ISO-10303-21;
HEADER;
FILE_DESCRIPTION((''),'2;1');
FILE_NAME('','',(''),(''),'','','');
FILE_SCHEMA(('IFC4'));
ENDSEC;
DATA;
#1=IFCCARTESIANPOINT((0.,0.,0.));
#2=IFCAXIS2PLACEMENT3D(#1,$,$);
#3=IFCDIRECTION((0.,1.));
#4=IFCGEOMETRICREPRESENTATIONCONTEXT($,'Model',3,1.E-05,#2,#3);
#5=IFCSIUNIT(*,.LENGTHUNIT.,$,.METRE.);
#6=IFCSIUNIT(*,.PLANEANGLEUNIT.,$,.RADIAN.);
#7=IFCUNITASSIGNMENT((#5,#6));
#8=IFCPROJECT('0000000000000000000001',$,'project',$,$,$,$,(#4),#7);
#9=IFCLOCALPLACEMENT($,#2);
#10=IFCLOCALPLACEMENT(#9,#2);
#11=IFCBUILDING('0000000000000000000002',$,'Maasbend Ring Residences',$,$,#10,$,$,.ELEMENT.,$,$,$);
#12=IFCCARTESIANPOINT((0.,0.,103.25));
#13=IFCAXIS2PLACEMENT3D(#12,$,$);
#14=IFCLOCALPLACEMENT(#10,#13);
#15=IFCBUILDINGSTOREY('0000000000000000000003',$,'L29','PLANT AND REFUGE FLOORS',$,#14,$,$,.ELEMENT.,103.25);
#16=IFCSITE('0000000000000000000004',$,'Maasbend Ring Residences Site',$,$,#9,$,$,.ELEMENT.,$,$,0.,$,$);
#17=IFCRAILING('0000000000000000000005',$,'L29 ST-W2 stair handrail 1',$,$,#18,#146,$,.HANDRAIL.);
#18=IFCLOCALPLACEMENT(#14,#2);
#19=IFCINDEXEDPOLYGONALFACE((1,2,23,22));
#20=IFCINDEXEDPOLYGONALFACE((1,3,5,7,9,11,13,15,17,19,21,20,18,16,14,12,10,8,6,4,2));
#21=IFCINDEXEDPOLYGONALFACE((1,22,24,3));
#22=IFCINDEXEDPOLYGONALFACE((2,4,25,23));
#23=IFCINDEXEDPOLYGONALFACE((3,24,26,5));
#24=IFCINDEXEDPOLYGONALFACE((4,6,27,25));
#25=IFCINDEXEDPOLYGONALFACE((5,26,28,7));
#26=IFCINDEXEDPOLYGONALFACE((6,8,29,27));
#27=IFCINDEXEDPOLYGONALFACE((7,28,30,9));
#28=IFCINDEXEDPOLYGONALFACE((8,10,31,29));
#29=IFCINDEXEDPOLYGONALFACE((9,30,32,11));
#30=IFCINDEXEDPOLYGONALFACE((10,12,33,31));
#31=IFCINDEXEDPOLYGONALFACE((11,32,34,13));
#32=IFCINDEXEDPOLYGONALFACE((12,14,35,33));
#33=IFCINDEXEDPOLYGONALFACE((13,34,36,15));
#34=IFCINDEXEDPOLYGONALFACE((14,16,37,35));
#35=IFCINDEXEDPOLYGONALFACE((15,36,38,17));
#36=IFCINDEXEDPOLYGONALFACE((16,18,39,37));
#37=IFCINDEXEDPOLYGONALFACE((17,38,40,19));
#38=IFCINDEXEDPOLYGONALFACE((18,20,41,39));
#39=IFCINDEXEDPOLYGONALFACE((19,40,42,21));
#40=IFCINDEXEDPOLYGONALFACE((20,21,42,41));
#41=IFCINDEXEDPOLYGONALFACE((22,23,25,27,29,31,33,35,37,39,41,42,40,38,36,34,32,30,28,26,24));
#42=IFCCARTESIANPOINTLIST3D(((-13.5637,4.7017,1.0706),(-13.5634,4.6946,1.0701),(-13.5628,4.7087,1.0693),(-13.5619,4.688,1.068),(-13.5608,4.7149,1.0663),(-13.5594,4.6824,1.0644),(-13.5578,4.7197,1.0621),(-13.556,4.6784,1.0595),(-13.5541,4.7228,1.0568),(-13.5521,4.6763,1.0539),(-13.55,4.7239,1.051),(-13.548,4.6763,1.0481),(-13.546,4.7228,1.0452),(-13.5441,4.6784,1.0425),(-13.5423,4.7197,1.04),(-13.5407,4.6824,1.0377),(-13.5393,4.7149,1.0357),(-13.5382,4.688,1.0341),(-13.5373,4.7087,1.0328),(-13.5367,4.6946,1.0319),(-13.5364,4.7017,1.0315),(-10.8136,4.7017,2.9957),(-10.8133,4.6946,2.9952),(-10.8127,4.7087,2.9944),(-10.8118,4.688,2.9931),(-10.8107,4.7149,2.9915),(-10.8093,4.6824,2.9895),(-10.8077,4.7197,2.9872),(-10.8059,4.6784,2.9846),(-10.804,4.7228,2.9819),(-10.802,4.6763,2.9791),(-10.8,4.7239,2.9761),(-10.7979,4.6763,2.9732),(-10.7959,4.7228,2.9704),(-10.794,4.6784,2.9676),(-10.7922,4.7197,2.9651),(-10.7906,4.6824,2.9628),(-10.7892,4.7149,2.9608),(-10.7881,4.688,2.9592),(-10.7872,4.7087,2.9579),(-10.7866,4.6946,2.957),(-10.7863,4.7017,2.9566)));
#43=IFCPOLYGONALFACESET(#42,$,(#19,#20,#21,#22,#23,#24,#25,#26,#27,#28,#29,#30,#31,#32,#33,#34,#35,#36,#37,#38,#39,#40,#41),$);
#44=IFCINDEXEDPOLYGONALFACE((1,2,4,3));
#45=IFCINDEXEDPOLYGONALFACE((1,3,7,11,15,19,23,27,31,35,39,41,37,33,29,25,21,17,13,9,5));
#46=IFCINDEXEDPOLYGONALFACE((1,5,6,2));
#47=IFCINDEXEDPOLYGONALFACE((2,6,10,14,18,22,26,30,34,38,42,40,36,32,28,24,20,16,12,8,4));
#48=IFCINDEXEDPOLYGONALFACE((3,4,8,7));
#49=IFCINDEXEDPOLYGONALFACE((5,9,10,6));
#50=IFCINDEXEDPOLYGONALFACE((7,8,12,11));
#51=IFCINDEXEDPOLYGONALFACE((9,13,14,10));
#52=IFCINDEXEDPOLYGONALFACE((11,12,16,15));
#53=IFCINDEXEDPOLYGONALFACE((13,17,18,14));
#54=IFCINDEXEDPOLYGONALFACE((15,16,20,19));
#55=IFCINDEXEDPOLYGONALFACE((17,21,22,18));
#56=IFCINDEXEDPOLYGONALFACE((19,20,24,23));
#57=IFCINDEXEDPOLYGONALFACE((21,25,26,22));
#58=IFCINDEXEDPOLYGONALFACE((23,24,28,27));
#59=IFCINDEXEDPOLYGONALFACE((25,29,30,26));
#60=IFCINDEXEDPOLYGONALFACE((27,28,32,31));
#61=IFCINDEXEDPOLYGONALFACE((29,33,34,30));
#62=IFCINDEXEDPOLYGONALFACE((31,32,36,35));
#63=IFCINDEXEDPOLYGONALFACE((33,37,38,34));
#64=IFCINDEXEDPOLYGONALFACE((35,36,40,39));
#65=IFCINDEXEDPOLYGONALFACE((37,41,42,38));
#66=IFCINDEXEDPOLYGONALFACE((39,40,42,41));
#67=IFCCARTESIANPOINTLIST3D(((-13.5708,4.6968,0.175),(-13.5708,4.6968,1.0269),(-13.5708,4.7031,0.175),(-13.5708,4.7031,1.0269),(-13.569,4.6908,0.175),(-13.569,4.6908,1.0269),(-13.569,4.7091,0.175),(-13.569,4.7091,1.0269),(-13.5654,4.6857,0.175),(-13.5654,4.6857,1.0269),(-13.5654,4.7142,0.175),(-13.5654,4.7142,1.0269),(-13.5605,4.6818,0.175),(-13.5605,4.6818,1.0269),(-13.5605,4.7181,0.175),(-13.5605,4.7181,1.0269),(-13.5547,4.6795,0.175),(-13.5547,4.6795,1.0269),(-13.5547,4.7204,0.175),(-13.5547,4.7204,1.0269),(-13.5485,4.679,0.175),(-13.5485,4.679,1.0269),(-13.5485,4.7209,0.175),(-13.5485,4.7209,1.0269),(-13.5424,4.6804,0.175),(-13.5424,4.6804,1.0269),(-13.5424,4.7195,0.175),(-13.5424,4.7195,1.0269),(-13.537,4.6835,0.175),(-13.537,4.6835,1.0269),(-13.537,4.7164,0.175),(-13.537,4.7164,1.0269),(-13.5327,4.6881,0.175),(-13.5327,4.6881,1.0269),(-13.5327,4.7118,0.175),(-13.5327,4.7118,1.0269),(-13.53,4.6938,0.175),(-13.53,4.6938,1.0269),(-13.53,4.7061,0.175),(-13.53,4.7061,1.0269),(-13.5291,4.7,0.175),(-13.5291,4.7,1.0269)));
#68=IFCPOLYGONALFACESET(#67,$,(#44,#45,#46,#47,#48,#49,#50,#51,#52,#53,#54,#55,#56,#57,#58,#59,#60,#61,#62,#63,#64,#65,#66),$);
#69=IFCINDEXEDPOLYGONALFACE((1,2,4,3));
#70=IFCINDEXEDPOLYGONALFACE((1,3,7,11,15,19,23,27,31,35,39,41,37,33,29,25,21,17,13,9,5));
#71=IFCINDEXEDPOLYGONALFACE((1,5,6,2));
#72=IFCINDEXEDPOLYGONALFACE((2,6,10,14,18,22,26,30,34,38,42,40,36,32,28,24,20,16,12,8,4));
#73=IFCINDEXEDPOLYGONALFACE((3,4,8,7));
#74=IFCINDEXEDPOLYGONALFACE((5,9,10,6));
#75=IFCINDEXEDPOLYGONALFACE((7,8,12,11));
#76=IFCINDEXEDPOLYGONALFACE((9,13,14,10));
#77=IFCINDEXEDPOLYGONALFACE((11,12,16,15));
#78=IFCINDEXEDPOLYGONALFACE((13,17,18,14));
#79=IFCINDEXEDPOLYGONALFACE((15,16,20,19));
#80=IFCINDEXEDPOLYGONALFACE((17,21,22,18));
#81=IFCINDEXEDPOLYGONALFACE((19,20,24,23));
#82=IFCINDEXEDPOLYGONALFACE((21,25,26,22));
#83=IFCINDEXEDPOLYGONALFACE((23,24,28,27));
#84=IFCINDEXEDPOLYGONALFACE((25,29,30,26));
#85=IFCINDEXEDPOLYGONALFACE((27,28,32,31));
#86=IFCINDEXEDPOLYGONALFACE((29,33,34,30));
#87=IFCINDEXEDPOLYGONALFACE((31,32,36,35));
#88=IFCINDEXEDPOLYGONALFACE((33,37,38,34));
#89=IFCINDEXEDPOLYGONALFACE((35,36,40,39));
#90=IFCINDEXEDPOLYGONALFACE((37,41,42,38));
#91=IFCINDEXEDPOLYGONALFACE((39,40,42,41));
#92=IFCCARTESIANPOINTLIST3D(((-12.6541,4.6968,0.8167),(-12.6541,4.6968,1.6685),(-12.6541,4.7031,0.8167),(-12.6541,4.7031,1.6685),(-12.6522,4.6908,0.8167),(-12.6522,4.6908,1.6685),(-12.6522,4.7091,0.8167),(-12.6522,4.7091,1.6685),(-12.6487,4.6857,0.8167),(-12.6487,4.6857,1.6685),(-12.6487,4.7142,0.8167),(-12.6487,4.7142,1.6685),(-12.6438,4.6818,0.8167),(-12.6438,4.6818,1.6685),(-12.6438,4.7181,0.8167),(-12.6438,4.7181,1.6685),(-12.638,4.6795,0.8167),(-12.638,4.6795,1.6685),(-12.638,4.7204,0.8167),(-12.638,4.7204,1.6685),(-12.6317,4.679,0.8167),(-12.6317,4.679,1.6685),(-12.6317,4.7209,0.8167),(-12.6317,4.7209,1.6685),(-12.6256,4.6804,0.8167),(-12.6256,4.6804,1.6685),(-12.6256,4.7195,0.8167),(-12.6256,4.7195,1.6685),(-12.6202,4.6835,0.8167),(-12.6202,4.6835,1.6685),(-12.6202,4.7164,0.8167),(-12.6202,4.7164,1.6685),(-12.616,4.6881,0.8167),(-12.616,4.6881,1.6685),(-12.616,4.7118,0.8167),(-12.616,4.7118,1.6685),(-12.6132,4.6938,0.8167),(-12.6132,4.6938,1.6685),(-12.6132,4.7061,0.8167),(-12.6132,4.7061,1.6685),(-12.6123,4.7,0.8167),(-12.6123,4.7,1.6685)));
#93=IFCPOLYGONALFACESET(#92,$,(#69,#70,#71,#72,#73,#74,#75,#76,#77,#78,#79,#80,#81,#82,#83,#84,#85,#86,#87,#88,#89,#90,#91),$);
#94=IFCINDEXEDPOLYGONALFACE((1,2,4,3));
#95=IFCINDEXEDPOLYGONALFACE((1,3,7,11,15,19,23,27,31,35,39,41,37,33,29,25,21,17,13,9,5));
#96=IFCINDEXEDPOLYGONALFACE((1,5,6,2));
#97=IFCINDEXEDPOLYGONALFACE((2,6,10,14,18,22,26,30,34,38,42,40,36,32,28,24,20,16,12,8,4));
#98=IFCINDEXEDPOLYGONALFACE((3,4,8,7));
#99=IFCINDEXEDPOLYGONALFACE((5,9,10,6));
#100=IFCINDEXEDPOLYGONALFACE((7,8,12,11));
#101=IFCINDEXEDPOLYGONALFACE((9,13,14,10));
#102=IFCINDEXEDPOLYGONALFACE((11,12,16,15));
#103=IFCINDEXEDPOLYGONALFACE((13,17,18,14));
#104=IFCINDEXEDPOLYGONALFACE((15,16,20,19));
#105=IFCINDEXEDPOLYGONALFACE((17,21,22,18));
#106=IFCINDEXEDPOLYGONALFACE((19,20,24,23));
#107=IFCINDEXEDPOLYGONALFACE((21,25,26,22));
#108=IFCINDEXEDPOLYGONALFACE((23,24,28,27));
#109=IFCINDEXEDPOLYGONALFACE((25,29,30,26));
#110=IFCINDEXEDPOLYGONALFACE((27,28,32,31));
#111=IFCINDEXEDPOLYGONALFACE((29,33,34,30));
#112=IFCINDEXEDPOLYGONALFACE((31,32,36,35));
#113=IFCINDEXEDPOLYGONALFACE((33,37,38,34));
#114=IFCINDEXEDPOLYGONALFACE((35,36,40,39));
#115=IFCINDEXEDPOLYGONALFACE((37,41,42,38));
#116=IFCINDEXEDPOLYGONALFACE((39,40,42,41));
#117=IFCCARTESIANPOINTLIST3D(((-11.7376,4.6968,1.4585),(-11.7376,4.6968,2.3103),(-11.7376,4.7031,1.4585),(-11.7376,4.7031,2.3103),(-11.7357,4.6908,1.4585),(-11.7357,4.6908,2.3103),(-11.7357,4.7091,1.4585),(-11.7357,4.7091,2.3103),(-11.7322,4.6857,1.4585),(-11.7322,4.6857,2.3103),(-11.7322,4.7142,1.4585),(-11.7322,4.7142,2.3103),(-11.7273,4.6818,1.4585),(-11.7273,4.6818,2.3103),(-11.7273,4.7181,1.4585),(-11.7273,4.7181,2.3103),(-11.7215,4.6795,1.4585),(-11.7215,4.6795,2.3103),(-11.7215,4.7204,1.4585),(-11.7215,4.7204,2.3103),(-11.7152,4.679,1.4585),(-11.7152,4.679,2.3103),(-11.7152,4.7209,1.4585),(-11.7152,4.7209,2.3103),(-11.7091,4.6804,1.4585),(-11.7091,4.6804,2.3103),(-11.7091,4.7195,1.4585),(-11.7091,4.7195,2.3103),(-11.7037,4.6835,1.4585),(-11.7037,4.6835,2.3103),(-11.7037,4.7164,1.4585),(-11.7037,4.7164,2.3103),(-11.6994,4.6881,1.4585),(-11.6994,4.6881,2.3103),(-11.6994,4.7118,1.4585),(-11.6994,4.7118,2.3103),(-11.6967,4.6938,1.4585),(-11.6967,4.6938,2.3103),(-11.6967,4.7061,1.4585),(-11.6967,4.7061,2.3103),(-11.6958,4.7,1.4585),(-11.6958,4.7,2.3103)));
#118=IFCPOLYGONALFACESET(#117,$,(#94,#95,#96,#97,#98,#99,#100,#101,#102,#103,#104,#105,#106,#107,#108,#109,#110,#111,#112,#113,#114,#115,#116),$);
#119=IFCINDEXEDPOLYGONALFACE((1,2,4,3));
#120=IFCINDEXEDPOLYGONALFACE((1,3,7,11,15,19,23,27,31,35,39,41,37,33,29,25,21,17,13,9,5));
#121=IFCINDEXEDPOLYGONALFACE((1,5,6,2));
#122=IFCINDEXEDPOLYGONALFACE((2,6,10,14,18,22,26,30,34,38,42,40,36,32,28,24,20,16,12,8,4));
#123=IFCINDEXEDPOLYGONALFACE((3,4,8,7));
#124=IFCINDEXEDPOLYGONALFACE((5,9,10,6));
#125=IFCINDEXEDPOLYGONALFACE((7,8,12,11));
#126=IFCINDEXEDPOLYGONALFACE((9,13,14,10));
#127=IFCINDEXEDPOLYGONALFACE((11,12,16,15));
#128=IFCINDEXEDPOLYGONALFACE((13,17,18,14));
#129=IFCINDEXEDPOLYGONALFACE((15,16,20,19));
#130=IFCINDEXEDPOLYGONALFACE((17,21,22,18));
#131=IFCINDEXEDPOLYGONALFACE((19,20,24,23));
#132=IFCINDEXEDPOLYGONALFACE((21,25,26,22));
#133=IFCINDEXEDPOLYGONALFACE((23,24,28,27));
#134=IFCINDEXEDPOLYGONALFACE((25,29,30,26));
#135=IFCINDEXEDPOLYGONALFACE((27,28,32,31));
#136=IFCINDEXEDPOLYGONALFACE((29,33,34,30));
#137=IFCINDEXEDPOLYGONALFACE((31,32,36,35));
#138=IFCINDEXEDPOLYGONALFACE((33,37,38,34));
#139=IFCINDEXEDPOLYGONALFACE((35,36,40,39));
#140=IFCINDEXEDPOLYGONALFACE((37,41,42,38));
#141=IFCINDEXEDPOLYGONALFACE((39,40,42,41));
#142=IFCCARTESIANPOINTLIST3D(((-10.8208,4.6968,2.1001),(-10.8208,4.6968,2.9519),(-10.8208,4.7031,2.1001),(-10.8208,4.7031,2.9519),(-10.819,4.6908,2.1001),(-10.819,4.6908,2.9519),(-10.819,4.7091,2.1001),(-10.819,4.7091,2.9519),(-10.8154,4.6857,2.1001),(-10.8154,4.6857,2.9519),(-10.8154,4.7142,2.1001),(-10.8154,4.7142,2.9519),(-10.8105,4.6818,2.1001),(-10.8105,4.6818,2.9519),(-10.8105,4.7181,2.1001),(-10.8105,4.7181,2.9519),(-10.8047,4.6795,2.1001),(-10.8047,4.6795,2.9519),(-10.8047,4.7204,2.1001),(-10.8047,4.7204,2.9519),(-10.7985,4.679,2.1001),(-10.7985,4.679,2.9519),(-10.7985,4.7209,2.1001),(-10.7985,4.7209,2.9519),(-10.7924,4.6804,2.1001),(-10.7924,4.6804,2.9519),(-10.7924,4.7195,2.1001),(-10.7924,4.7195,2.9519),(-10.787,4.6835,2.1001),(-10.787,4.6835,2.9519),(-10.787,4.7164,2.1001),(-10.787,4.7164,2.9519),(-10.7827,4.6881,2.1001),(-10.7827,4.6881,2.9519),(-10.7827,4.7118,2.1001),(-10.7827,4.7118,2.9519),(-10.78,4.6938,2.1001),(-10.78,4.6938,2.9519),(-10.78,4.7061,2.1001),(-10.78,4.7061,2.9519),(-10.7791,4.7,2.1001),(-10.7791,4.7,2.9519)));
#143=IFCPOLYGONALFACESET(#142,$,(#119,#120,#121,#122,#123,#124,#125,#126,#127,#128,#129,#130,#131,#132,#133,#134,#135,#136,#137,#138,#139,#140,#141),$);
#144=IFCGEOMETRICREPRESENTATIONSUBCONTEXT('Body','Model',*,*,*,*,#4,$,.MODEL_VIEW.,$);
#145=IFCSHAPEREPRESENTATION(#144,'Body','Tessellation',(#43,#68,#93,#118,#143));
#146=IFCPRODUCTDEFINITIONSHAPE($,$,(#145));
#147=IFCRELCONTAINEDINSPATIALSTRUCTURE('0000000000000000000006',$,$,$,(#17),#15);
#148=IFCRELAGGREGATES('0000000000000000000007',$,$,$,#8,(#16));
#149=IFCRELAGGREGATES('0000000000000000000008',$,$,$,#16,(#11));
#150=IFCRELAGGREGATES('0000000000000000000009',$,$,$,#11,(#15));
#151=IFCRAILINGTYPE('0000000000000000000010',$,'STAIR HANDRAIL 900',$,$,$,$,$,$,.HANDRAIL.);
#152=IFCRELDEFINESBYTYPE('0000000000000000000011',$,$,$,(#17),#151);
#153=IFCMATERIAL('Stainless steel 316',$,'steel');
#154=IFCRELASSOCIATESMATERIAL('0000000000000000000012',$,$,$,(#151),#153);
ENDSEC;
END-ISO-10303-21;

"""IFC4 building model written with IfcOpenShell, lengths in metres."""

from ifc_helpers import new_model, si_unit, direction, frame, origin, origin_2d, place, context, subcontext, project, spatial, circle, extrude, material, type_object, element, save


model = new_model("IFC4")

# Units and contexts
model_context = context("Model", 3, precision=1e-05, world=origin(), true_north=direction((0.0, 1.0)))
body_context = subcontext(model_context, "Body", "Model", "MODEL_VIEW")
ifc_project = project(units=[si_unit("LENGTHUNIT", "METRE"), si_unit("PLANEANGLEUNIT", "RADIAN")], contexts=[model_context])

# Site, building, storey
site_placement = place(None, origin())
site = spatial("IfcSite", under=ifc_project, at=site_placement, Name="Maasbend Ring Residences Site", CompositionType="ELEMENT", RefElevation=0.0)
building_placement = place(site_placement, origin())
building = spatial("IfcBuilding", under=site, at=building_placement, Name="Maasbend Ring Residences", CompositionType="ELEMENT")
storey_placement = place(building_placement, frame((0.0, 0.0, 103.25)))
storey = spatial("IfcBuildingStorey", under=building, at=storey_placement, Name="L29", Description="PLANT AND REFUGE FLOORS", CompositionType="ELEMENT", Elevation=103.25)

# Railing
ifc_material_1 = material(Name="Stainless steel 316", Category="steel")
railing_type_1 = type_object("IfcRailingType", Name="STAIR HANDRAIL 900", PredefinedType="HANDRAIL", material=ifc_material_1)
railing_1_placement = place(storey_placement, frame((-13.55, 4.7, 0.175)))
element("IfcRailing", 1, at=railing_1_placement, inside=storey, type_object=railing_type_1, Name="L29 ST-W2 stair handrail 1", PredefinedType="HANDRAIL", context=body_context, shape_type="SweptSolid", body=[
    extrude(circle(Radius=0.0239, at=origin_2d()), frame((0.0, 0.0, 0.876), z_axis=(0.819225, 0.0, 0.573472), x_axis=(0.0, 1.0, 0.0)), (0.0, 0.0, 1.0), 3.3569),
    extrude(circle(Radius=0.021, at=origin_2d()), origin(), (0.0, 0.0, 1.0), 0.8518),
    extrude(circle(Radius=0.021, at=origin_2d()), frame((0.9167, 0.0, 0.6416)), (0.0, 0.0, 1.0), 0.8518),
    extrude(circle(Radius=0.021, at=origin_2d()), frame((1.8333, 0.0, 1.2834)), (0.0, 0.0, 1.0), 0.8518),
    extrude(circle(Radius=0.021, at=origin_2d()), frame((2.75, 0.0, 1.925)), (0.0, 0.0, 1.0), 0.8518),
])

save(model, "model.ifc")
